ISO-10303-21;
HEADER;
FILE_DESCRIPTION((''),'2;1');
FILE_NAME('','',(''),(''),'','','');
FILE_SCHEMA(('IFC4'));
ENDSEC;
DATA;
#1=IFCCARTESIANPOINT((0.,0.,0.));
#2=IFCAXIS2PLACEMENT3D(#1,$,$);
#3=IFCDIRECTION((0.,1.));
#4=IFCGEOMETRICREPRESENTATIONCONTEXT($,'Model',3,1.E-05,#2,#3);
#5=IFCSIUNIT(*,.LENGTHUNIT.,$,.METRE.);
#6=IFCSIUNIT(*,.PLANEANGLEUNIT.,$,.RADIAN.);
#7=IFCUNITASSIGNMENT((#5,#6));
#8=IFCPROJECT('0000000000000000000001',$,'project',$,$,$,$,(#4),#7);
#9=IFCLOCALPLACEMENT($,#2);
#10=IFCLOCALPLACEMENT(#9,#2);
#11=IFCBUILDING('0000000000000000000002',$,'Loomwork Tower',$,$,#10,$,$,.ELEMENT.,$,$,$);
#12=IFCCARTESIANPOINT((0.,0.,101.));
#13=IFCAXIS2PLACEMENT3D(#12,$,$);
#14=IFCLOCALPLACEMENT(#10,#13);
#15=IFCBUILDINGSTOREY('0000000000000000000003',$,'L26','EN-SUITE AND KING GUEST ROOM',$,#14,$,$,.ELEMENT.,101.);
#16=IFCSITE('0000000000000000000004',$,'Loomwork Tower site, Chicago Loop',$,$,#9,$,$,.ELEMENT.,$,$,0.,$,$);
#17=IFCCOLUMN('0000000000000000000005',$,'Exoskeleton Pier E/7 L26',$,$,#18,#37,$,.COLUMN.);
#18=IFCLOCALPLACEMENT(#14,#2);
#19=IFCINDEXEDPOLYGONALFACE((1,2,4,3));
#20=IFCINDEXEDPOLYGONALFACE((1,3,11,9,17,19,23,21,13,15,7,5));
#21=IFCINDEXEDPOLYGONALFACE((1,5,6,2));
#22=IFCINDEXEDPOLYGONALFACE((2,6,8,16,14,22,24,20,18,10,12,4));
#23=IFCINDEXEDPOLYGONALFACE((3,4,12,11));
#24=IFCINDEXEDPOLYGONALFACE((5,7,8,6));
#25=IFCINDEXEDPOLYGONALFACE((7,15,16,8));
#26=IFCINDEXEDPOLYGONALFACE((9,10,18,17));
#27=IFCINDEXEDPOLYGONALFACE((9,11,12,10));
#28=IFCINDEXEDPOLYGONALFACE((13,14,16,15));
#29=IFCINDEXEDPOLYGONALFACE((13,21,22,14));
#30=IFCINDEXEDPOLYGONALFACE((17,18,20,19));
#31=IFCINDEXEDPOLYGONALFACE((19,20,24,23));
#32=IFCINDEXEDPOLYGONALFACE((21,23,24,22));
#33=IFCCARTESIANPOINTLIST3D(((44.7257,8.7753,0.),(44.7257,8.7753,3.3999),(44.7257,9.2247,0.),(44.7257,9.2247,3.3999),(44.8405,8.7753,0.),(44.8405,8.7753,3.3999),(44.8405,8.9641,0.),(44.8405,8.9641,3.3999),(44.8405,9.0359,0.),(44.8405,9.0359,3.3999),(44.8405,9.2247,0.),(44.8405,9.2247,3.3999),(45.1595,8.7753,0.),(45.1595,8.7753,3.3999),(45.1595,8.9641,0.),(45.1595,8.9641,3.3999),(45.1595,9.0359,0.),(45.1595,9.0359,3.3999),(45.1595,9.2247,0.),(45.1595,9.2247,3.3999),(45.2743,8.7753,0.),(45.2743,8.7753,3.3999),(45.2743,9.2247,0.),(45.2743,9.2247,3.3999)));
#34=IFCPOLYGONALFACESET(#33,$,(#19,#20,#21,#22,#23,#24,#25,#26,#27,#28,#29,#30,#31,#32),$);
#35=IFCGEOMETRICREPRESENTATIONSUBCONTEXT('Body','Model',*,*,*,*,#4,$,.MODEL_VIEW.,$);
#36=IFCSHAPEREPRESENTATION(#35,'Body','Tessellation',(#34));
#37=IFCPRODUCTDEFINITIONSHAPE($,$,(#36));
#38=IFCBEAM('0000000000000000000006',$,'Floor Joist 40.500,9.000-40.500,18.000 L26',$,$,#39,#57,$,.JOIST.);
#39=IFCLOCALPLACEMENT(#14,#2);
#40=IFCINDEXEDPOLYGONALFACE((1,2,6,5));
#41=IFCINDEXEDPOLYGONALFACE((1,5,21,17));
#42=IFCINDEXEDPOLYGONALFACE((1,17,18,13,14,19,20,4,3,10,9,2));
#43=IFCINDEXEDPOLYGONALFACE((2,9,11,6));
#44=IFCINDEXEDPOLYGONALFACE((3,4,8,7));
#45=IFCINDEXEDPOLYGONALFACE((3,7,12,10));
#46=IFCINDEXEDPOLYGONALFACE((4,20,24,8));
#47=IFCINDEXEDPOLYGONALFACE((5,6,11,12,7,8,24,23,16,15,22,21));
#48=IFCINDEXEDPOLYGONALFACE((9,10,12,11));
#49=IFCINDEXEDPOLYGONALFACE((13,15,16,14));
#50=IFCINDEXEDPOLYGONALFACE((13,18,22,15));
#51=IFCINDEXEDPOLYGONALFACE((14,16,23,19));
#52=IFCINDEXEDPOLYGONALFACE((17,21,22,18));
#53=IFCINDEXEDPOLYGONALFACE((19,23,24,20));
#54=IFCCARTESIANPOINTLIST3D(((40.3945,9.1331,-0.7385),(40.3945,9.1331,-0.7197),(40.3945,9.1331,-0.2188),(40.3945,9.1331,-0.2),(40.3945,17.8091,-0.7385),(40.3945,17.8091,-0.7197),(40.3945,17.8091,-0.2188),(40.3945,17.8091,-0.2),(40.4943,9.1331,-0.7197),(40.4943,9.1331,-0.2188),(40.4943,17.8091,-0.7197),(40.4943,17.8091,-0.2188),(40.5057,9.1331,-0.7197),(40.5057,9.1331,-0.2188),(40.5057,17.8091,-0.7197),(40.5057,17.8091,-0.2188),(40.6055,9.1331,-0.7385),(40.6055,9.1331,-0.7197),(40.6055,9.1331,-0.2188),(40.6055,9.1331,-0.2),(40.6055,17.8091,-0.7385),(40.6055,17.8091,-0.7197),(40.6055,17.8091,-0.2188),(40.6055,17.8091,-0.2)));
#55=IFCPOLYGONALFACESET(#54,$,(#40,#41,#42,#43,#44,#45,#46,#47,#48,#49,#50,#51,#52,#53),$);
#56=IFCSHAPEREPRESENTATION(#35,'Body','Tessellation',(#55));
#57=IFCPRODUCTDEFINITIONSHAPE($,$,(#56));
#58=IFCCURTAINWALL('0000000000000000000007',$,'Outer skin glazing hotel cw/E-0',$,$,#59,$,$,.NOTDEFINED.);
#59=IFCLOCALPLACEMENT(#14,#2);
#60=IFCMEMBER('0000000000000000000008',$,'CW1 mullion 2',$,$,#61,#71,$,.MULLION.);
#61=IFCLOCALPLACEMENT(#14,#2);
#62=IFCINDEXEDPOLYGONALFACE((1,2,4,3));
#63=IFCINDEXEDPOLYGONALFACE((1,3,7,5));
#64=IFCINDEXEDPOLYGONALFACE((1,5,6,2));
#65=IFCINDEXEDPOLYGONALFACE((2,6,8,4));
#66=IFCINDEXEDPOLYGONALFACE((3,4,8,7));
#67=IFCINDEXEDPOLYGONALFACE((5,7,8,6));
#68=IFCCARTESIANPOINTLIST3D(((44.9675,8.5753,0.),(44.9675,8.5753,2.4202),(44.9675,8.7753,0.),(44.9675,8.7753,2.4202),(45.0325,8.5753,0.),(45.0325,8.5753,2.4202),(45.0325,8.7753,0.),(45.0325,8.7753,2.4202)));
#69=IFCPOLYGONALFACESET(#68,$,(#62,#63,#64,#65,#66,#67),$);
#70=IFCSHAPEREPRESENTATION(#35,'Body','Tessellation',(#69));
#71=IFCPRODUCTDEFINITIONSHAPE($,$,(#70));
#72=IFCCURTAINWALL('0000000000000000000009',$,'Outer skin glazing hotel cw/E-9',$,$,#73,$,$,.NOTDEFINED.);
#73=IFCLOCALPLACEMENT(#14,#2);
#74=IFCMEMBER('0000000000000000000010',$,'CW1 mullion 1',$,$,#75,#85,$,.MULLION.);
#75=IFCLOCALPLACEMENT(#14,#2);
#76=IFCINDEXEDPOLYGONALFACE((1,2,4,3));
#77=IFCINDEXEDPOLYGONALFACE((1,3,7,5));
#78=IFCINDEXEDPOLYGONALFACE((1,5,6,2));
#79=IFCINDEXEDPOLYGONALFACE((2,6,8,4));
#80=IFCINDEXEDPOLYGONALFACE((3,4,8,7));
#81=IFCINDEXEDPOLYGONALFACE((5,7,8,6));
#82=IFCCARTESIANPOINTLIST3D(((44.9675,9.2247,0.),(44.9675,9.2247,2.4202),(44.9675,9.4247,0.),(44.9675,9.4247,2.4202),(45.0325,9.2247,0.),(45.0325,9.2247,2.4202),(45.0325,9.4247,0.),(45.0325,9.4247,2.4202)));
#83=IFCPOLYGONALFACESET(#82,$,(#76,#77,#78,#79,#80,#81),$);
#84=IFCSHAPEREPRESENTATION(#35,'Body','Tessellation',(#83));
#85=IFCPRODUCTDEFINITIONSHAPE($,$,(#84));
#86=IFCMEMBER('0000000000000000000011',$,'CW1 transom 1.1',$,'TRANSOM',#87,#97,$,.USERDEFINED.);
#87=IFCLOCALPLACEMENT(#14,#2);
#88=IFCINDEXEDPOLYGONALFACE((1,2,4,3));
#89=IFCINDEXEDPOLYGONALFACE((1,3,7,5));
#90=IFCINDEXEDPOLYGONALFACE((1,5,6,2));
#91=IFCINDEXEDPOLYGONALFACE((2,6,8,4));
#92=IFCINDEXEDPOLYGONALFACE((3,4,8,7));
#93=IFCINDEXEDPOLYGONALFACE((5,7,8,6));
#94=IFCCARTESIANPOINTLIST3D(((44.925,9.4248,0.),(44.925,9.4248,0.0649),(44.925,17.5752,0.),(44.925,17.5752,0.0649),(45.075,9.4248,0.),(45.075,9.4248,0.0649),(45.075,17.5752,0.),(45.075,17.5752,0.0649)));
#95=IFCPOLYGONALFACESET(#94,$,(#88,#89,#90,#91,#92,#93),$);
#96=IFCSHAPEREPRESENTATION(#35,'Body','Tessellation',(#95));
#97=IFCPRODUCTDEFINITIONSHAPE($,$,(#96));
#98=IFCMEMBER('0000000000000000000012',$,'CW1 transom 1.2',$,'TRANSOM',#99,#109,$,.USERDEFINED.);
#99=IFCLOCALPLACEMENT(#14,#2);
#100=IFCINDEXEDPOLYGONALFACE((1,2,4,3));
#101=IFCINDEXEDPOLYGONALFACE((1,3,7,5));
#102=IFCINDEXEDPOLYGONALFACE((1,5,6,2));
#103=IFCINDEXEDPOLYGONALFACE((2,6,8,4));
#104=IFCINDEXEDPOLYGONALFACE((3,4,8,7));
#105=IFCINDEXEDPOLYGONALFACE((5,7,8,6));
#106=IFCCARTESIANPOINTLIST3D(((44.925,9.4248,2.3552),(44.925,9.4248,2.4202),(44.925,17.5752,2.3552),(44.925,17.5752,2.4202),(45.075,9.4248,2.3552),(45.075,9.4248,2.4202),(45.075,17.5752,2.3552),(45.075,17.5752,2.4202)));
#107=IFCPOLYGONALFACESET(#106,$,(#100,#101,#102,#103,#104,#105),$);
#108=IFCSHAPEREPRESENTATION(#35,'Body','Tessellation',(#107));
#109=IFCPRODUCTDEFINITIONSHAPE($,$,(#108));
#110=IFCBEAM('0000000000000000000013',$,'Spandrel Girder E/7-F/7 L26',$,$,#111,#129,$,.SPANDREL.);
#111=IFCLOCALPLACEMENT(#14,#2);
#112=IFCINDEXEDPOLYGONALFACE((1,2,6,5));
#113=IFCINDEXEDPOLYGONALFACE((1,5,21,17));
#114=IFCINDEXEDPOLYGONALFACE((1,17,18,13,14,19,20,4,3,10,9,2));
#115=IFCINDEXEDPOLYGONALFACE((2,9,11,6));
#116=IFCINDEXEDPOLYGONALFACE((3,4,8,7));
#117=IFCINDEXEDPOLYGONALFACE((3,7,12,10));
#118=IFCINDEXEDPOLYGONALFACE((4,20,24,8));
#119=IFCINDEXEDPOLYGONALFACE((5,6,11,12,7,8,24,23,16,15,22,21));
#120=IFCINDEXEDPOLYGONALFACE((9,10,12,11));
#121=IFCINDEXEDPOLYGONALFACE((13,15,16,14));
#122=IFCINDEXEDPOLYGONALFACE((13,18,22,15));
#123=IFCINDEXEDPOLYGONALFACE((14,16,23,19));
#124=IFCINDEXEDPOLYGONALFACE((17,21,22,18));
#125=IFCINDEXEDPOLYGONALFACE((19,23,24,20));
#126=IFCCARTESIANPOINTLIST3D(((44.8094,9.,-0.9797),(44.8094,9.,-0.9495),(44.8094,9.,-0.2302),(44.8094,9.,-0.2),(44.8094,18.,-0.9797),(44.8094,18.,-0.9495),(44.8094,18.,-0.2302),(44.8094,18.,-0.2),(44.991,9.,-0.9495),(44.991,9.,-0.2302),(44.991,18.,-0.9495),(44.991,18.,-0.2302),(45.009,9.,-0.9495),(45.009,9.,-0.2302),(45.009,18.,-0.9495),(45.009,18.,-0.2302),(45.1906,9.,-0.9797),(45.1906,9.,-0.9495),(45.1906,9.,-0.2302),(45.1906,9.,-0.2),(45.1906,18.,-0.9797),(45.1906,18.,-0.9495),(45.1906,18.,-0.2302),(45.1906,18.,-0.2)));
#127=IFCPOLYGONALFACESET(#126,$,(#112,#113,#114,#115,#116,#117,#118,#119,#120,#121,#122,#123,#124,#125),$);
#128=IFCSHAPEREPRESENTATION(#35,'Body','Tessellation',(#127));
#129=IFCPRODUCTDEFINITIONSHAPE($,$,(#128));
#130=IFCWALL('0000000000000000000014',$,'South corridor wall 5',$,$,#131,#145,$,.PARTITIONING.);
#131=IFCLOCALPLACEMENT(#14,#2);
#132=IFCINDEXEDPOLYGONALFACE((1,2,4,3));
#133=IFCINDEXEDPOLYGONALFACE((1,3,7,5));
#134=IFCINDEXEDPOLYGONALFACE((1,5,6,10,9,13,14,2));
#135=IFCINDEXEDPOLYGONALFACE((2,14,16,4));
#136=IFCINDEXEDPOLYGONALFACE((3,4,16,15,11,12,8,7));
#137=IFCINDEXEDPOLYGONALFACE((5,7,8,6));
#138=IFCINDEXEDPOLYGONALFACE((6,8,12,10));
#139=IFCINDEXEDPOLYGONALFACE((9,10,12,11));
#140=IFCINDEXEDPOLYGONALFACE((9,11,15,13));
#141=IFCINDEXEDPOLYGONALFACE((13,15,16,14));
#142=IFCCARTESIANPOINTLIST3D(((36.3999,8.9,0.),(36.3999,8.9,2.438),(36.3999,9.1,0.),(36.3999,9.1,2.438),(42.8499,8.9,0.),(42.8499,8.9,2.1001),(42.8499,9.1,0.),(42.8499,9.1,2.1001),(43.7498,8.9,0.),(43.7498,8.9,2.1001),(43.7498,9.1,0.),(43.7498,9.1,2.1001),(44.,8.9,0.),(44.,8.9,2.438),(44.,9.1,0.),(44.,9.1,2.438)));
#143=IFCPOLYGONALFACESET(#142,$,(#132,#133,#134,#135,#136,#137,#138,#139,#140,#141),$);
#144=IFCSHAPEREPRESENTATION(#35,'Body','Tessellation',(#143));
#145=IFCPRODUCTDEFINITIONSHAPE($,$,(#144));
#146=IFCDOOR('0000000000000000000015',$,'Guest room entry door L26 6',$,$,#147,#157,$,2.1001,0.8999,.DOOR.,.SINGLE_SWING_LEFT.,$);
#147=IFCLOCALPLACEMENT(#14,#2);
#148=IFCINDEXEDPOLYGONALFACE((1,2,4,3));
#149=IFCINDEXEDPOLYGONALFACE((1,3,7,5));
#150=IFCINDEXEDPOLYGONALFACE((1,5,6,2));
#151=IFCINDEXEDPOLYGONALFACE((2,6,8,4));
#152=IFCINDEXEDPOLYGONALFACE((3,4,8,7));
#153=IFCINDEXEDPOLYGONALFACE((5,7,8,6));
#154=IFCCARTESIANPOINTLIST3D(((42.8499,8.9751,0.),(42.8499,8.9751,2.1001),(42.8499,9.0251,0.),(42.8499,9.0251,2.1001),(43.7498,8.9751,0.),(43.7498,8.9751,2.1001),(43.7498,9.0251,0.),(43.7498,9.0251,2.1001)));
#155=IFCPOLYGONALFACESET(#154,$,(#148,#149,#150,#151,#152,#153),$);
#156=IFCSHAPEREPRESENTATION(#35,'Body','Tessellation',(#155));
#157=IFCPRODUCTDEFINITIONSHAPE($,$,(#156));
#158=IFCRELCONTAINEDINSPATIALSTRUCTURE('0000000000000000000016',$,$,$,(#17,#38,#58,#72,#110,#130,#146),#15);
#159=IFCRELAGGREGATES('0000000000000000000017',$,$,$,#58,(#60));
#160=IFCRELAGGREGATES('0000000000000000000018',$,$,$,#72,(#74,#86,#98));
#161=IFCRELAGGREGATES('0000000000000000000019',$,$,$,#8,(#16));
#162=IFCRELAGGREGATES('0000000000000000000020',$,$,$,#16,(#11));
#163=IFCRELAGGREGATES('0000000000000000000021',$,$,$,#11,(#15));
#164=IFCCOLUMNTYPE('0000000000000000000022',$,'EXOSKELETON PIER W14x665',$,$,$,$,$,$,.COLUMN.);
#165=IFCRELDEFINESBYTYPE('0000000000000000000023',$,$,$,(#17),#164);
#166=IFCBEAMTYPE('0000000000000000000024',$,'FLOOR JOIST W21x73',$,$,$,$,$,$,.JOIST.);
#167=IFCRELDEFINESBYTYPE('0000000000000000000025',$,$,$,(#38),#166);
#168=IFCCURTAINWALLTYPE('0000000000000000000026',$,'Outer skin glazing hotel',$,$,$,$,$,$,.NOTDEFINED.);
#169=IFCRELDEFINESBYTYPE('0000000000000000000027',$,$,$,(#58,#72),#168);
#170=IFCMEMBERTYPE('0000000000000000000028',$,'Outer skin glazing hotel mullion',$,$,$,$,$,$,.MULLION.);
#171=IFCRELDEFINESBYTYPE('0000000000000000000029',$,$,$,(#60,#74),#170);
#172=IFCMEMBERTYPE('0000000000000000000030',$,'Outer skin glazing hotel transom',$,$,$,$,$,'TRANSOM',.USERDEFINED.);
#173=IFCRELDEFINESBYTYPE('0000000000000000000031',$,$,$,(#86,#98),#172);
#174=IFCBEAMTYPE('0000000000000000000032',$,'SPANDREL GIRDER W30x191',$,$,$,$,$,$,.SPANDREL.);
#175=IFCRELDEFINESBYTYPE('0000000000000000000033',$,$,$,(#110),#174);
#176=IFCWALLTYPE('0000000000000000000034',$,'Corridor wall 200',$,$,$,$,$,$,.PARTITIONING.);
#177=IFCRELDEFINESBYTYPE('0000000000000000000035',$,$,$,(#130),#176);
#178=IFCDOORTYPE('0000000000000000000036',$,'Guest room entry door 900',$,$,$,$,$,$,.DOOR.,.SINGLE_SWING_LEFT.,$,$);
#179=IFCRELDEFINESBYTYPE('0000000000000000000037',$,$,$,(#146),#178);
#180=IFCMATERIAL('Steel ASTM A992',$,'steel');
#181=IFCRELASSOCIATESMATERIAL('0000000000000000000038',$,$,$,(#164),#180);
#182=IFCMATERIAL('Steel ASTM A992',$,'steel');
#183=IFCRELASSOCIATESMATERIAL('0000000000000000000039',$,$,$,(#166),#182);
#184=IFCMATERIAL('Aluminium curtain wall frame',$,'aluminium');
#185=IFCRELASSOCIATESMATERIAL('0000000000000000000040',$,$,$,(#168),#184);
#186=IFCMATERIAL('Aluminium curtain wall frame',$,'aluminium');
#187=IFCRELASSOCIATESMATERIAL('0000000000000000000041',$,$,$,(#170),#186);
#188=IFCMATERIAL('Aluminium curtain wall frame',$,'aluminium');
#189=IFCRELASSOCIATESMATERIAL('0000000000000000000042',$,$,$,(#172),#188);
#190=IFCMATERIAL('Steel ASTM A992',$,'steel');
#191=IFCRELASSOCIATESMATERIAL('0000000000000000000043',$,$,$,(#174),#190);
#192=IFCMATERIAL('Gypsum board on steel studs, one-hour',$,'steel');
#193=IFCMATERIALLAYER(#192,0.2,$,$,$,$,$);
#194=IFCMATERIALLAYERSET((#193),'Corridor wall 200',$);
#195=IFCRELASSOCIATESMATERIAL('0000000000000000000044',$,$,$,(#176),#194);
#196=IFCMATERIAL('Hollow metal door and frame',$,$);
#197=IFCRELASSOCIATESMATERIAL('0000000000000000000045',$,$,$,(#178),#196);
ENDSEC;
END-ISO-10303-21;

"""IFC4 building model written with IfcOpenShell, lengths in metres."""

from ifc_helpers import new_model, si_unit, direction, frame, frame_2d, origin, origin_2d, place, context, subcontext, project, spatial, rectangle, i_section, extrude, material, layer, layer_set, material_profile, profile_set, type_object, element, fill, aggregate, save


model = new_model("IFC4")

# Units and contexts
model_context = context("Model", 3, precision=1e-05, world=origin(), true_north=direction((0.0, 1.0)))
body_context = subcontext(model_context, "Body", "Model", "MODEL_VIEW")
ifc_project = project(units=[si_unit("LENGTHUNIT", "METRE"), si_unit("PLANEANGLEUNIT", "RADIAN")], contexts=[model_context])

# Site, building, storey
site_placement = place(None, origin())
site = spatial("IfcSite", under=ifc_project, at=site_placement, Name="Loomwork Tower site, Chicago Loop", CompositionType="ELEMENT", RefElevation=0.0)
building_placement = place(site_placement, origin())
building = spatial("IfcBuilding", under=site, at=building_placement, Name="Loomwork Tower", CompositionType="ELEMENT")
storey_placement = place(building_placement, frame((0.0, 0.0, 101.0)))
storey = spatial("IfcBuildingStorey", under=building, at=storey_placement, Name="L26", Description="EN-SUITE AND KING GUEST ROOM", CompositionType="ELEMENT", Elevation=101.0)

# Column
ifc_material_1 = material(Name="Steel ASTM A992", Category="steel")
ifc_material_profile_1 = material_profile(ifc_material_1, i_section(OverallWidth=0.4495, OverallDepth=0.5486, WebThickness=0.0718, FlangeThickness=0.1147, at=origin_2d()), Name="W14x665")
ifc_profile_set_1 = profile_set([ifc_material_profile_1], Name="Steel ASTM A992")
column_type = type_object("IfcColumnType", Name="EXOSKELETON PIER W14x665", PredefinedType="COLUMN", material=ifc_profile_set_1)
column_placement = place(storey_placement, frame((45.0, 9.0, 0.0), z_axis=(0.0, 0.0, 1.0), x_axis=(0.0, 1.0, 0.0)))
element("IfcColumn", 1, at=column_placement, inside=storey, type_object=column_type, Name="Exoskeleton Pier E/7 L26", PredefinedType="COLUMN", context=body_context, shape_type="SweptSolid", body=[
    extrude(i_section(OverallWidth=0.4495, OverallDepth=0.5486, WebThickness=0.0718, FlangeThickness=0.1147, at=origin_2d()), origin(), (0.0, 0.0, 1.0), 3.3999),
])

# Beam
ifc_material_2 = material(Name="Steel ASTM A992", Category="steel")
ifc_material_profile_2 = material_profile(ifc_material_2, i_section(OverallWidth=0.2109, OverallDepth=0.5386, WebThickness=0.0115, FlangeThickness=0.0188, at=origin_2d()), Name="W21x73")
ifc_profile_set_2 = profile_set([ifc_material_profile_2], Name="Steel ASTM A992")
beam_type_1 = type_object("IfcBeamType", Name="FLOOR JOIST W21x73", PredefinedType="JOIST", material=ifc_profile_set_2)
beam_1_placement = place(storey_placement, frame((40.5, 9.1331, -0.4692), z_axis=(0.0, 1.0, 0.0), x_axis=(-1.0, 0.0, 0.0)))
element("IfcBeam", 2, at=beam_1_placement, inside=storey, type_object=beam_type_1, Name="Floor Joist 40.500,9.000-40.500,18.000 L26", PredefinedType="JOIST", context=body_context, shape_type="SweptSolid", body=[
    extrude(i_section(OverallWidth=0.2109, OverallDepth=0.5386, WebThickness=0.0115, FlangeThickness=0.0188, at=origin_2d()), origin(), (0.0, 0.0, 1.0), 8.676),
])

# Curtain wall, member
ifc_material_3 = material(Name="Aluminium curtain wall frame", Category="aluminium")
curtain_wall_type = type_object("IfcCurtainWallType", Name="Outer skin glazing hotel", PredefinedType="NOTDEFINED", material=ifc_material_3)
curtain_wall_1_placement = place(storey_placement, origin())
curtain_wall_1 = element("IfcCurtainWall", 3, at=curtain_wall_1_placement, inside=storey, type_object=curtain_wall_type, Name="Outer skin glazing hotel cw/E-0", PredefinedType="NOTDEFINED")
ifc_material_4 = material(Name="Aluminium curtain wall frame", Category="aluminium")
ifc_material_profile_3 = material_profile(ifc_material_4, rectangle(XDim=0.0649, YDim=0.2, at=origin_2d()), Name="AL 65x200")
ifc_profile_set_3 = profile_set([ifc_material_profile_3], Name="Aluminium curtain wall frame")
member_type_1 = type_object("IfcMemberType", Name="Outer skin glazing hotel mullion", PredefinedType="MULLION", material=ifc_profile_set_3)
member_1_placement = place(storey_placement, frame((45.0, 8.6753, 0.0), z_axis=(0.0, 0.0, 1.0), x_axis=(-1.0, 0.0, 0.0)))
member_1 = element("IfcMember", 4, at=member_1_placement, type_object=member_type_1, Name="CW1 mullion 2", PredefinedType="MULLION", context=body_context, shape_type="SweptSolid", body=[
    extrude(rectangle(XDim=0.0649, YDim=0.2, at=origin_2d()), origin(), (0.0, 0.0, 1.0), 2.4202),
])
aggregate(curtain_wall_1, [member_1])

# Curtain wall, members
curtain_wall_2_placement = place(storey_placement, origin())
curtain_wall_2 = element("IfcCurtainWall", 5, at=curtain_wall_2_placement, inside=storey, type_object=curtain_wall_type, Name="Outer skin glazing hotel cw/E-9", PredefinedType="NOTDEFINED")
member_2_placement = place(storey_placement, frame((45.0, 9.3247, 0.0), z_axis=(0.0, 0.0, 1.0), x_axis=(-1.0, 0.0, 0.0)))
member_2 = element("IfcMember", 6, at=member_2_placement, type_object=member_type_1, Name="CW1 mullion 1", PredefinedType="MULLION", context=body_context, shape_type="SweptSolid", body=[
    extrude(rectangle(XDim=0.0649, YDim=0.2, at=origin_2d()), origin(), (0.0, 0.0, 1.0), 2.4202),
])
ifc_material_5 = material(Name="Aluminium curtain wall frame", Category="aluminium")
ifc_material_profile_4 = material_profile(ifc_material_5, rectangle(XDim=0.1499, YDim=0.0649, at=origin_2d()), Name="AL 65x150")
ifc_profile_set_4 = profile_set([ifc_material_profile_4], Name="Aluminium curtain wall frame")
member_type_2 = type_object("IfcMemberType", Name="Outer skin glazing hotel transom", ElementType="TRANSOM", PredefinedType="USERDEFINED", material=ifc_profile_set_4)
member_3_placement = place(storey_placement, frame((45.0, 9.4248, 0.0325), z_axis=(0.0, 1.0, 0.0), x_axis=(-1.0, 0.0, 0.0)))
member_3 = element("IfcMember", 7, at=member_3_placement, type_object=member_type_2, Name="CW1 transom 1.1", ObjectType="TRANSOM", PredefinedType="USERDEFINED", context=body_context, shape_type="SweptSolid", body=[
    extrude(rectangle(XDim=0.1499, YDim=0.0649, at=origin_2d()), origin(), (0.0, 0.0, 1.0), 8.1504),
])
member_4_placement = place(storey_placement, frame((45.0, 9.4248, 2.3877), z_axis=(0.0, 1.0, 0.0), x_axis=(-1.0, 0.0, 0.0)))
member_4 = element("IfcMember", 8, at=member_4_placement, type_object=member_type_2, Name="CW1 transom 1.2", ObjectType="TRANSOM", PredefinedType="USERDEFINED", context=body_context, shape_type="SweptSolid", body=[
    extrude(rectangle(XDim=0.1499, YDim=0.0649, at=origin_2d()), origin(), (0.0, 0.0, 1.0), 8.1504),
])
aggregate(curtain_wall_2, [member_2, member_3, member_4])

# Beam
ifc_material_6 = material(Name="Steel ASTM A992", Category="steel")
ifc_material_profile_5 = material_profile(ifc_material_6, i_section(OverallWidth=0.3811, OverallDepth=0.7798, WebThickness=0.0181, FlangeThickness=0.0303, at=origin_2d()), Name="W30x191")
ifc_profile_set_5 = profile_set([ifc_material_profile_5], Name="Steel ASTM A992")
beam_type_2 = type_object("IfcBeamType", Name="SPANDREL GIRDER W30x191", PredefinedType="SPANDREL", material=ifc_profile_set_5)
beam_2_placement = place(storey_placement, frame((45.0, 9.0, -0.5898), z_axis=(0.0, 1.0, 0.0), x_axis=(-1.0, 0.0, 0.0)))
element("IfcBeam", 9, at=beam_2_placement, inside=storey, type_object=beam_type_2, Name="Spandrel Girder E/7-F/7 L26", PredefinedType="SPANDREL", context=body_context, shape_type="SweptSolid", body=[
    extrude(i_section(OverallWidth=0.3811, OverallDepth=0.7798, WebThickness=0.0181, FlangeThickness=0.0303, at=origin_2d()), origin(), (0.0, 0.0, 1.0), 9.0),
])

# Wall, opening, door
ifc_material_7 = material(Name="Gypsum board on steel studs, one-hour", Category="steel")
ifc_layer_1 = layer(ifc_material_7, 0.2)
ifc_layer_set_1 = layer_set([ifc_layer_1], Name="Corridor wall 200")
wall_type_1 = type_object("IfcWallType", Name="Corridor wall 200", PredefinedType="PARTITIONING", material=ifc_layer_set_1)
wall_1_placement = place(storey_placement, frame((36.3999, 9.0, 0.0), z_axis=(0.0, 0.0, 1.0), x_axis=(1.0, 0.0, 0.0)))
wall_1 = element("IfcWall", 10, at=wall_1_placement, inside=storey, type_object=wall_type_1, Name="South corridor wall 5", PredefinedType="PARTITIONING", context=body_context, shape_type="SweptSolid", body=[
    extrude(rectangle(XDim=7.6001, YDim=0.2, at=frame_2d((3.8, 0.0))), origin(), (0.0, 0.0, 1.0), 2.438),
])
opening_1_placement = place(wall_1_placement, frame((6.45, 0.0, 0.0)))
opening_1 = element("IfcOpeningElement", 11, at=opening_1_placement, cuts=wall_1, PredefinedType="OPENING", context=body_context, shape_type="SweptSolid", body=[
    extrude(rectangle(XDim=0.8999, YDim=2.1001, at=frame_2d((0.45, 1.05))), frame((0.0, 0.1099, 0.0), z_axis=(0.0, -1.0, 0.0), x_axis=(1.0, 0.0, 0.0)), (0.0, 0.0, 1.0), 0.22),
])
ifc_material_8 = material(Name="Hollow metal door and frame")
door_type_1 = type_object("IfcDoorType", Name="Guest room entry door 900", OperationType="SINGLE_SWING_LEFT", PredefinedType="DOOR", material=ifc_material_8)
door_1_placement = place(opening_1_placement, frame((0.8999, 0.0, 0.0), z_axis=(0.0, 0.0, 1.0), x_axis=(-1.0, 0.0, 0.0)))
door_1 = element("IfcDoor", 12, at=door_1_placement, inside=storey, type_object=door_type_1, Name="Guest room entry door L26 6", OperationType="SINGLE_SWING_LEFT", OverallHeight=2.1001, OverallWidth=0.8999, PredefinedType="DOOR", context=body_context, shape_type="SweptSolid", body=[
    extrude(rectangle(XDim=0.8999, YDim=2.1001, at=frame_2d((0.45, 1.05))), frame((0.0, 0.0249, 0.0), z_axis=(0.0, -1.0, 0.0), x_axis=(1.0, 0.0, 0.0)), (0.0, 0.0, 1.0), 0.05),
])
fill(opening_1, door_1)

save(model, "model.ifc")
